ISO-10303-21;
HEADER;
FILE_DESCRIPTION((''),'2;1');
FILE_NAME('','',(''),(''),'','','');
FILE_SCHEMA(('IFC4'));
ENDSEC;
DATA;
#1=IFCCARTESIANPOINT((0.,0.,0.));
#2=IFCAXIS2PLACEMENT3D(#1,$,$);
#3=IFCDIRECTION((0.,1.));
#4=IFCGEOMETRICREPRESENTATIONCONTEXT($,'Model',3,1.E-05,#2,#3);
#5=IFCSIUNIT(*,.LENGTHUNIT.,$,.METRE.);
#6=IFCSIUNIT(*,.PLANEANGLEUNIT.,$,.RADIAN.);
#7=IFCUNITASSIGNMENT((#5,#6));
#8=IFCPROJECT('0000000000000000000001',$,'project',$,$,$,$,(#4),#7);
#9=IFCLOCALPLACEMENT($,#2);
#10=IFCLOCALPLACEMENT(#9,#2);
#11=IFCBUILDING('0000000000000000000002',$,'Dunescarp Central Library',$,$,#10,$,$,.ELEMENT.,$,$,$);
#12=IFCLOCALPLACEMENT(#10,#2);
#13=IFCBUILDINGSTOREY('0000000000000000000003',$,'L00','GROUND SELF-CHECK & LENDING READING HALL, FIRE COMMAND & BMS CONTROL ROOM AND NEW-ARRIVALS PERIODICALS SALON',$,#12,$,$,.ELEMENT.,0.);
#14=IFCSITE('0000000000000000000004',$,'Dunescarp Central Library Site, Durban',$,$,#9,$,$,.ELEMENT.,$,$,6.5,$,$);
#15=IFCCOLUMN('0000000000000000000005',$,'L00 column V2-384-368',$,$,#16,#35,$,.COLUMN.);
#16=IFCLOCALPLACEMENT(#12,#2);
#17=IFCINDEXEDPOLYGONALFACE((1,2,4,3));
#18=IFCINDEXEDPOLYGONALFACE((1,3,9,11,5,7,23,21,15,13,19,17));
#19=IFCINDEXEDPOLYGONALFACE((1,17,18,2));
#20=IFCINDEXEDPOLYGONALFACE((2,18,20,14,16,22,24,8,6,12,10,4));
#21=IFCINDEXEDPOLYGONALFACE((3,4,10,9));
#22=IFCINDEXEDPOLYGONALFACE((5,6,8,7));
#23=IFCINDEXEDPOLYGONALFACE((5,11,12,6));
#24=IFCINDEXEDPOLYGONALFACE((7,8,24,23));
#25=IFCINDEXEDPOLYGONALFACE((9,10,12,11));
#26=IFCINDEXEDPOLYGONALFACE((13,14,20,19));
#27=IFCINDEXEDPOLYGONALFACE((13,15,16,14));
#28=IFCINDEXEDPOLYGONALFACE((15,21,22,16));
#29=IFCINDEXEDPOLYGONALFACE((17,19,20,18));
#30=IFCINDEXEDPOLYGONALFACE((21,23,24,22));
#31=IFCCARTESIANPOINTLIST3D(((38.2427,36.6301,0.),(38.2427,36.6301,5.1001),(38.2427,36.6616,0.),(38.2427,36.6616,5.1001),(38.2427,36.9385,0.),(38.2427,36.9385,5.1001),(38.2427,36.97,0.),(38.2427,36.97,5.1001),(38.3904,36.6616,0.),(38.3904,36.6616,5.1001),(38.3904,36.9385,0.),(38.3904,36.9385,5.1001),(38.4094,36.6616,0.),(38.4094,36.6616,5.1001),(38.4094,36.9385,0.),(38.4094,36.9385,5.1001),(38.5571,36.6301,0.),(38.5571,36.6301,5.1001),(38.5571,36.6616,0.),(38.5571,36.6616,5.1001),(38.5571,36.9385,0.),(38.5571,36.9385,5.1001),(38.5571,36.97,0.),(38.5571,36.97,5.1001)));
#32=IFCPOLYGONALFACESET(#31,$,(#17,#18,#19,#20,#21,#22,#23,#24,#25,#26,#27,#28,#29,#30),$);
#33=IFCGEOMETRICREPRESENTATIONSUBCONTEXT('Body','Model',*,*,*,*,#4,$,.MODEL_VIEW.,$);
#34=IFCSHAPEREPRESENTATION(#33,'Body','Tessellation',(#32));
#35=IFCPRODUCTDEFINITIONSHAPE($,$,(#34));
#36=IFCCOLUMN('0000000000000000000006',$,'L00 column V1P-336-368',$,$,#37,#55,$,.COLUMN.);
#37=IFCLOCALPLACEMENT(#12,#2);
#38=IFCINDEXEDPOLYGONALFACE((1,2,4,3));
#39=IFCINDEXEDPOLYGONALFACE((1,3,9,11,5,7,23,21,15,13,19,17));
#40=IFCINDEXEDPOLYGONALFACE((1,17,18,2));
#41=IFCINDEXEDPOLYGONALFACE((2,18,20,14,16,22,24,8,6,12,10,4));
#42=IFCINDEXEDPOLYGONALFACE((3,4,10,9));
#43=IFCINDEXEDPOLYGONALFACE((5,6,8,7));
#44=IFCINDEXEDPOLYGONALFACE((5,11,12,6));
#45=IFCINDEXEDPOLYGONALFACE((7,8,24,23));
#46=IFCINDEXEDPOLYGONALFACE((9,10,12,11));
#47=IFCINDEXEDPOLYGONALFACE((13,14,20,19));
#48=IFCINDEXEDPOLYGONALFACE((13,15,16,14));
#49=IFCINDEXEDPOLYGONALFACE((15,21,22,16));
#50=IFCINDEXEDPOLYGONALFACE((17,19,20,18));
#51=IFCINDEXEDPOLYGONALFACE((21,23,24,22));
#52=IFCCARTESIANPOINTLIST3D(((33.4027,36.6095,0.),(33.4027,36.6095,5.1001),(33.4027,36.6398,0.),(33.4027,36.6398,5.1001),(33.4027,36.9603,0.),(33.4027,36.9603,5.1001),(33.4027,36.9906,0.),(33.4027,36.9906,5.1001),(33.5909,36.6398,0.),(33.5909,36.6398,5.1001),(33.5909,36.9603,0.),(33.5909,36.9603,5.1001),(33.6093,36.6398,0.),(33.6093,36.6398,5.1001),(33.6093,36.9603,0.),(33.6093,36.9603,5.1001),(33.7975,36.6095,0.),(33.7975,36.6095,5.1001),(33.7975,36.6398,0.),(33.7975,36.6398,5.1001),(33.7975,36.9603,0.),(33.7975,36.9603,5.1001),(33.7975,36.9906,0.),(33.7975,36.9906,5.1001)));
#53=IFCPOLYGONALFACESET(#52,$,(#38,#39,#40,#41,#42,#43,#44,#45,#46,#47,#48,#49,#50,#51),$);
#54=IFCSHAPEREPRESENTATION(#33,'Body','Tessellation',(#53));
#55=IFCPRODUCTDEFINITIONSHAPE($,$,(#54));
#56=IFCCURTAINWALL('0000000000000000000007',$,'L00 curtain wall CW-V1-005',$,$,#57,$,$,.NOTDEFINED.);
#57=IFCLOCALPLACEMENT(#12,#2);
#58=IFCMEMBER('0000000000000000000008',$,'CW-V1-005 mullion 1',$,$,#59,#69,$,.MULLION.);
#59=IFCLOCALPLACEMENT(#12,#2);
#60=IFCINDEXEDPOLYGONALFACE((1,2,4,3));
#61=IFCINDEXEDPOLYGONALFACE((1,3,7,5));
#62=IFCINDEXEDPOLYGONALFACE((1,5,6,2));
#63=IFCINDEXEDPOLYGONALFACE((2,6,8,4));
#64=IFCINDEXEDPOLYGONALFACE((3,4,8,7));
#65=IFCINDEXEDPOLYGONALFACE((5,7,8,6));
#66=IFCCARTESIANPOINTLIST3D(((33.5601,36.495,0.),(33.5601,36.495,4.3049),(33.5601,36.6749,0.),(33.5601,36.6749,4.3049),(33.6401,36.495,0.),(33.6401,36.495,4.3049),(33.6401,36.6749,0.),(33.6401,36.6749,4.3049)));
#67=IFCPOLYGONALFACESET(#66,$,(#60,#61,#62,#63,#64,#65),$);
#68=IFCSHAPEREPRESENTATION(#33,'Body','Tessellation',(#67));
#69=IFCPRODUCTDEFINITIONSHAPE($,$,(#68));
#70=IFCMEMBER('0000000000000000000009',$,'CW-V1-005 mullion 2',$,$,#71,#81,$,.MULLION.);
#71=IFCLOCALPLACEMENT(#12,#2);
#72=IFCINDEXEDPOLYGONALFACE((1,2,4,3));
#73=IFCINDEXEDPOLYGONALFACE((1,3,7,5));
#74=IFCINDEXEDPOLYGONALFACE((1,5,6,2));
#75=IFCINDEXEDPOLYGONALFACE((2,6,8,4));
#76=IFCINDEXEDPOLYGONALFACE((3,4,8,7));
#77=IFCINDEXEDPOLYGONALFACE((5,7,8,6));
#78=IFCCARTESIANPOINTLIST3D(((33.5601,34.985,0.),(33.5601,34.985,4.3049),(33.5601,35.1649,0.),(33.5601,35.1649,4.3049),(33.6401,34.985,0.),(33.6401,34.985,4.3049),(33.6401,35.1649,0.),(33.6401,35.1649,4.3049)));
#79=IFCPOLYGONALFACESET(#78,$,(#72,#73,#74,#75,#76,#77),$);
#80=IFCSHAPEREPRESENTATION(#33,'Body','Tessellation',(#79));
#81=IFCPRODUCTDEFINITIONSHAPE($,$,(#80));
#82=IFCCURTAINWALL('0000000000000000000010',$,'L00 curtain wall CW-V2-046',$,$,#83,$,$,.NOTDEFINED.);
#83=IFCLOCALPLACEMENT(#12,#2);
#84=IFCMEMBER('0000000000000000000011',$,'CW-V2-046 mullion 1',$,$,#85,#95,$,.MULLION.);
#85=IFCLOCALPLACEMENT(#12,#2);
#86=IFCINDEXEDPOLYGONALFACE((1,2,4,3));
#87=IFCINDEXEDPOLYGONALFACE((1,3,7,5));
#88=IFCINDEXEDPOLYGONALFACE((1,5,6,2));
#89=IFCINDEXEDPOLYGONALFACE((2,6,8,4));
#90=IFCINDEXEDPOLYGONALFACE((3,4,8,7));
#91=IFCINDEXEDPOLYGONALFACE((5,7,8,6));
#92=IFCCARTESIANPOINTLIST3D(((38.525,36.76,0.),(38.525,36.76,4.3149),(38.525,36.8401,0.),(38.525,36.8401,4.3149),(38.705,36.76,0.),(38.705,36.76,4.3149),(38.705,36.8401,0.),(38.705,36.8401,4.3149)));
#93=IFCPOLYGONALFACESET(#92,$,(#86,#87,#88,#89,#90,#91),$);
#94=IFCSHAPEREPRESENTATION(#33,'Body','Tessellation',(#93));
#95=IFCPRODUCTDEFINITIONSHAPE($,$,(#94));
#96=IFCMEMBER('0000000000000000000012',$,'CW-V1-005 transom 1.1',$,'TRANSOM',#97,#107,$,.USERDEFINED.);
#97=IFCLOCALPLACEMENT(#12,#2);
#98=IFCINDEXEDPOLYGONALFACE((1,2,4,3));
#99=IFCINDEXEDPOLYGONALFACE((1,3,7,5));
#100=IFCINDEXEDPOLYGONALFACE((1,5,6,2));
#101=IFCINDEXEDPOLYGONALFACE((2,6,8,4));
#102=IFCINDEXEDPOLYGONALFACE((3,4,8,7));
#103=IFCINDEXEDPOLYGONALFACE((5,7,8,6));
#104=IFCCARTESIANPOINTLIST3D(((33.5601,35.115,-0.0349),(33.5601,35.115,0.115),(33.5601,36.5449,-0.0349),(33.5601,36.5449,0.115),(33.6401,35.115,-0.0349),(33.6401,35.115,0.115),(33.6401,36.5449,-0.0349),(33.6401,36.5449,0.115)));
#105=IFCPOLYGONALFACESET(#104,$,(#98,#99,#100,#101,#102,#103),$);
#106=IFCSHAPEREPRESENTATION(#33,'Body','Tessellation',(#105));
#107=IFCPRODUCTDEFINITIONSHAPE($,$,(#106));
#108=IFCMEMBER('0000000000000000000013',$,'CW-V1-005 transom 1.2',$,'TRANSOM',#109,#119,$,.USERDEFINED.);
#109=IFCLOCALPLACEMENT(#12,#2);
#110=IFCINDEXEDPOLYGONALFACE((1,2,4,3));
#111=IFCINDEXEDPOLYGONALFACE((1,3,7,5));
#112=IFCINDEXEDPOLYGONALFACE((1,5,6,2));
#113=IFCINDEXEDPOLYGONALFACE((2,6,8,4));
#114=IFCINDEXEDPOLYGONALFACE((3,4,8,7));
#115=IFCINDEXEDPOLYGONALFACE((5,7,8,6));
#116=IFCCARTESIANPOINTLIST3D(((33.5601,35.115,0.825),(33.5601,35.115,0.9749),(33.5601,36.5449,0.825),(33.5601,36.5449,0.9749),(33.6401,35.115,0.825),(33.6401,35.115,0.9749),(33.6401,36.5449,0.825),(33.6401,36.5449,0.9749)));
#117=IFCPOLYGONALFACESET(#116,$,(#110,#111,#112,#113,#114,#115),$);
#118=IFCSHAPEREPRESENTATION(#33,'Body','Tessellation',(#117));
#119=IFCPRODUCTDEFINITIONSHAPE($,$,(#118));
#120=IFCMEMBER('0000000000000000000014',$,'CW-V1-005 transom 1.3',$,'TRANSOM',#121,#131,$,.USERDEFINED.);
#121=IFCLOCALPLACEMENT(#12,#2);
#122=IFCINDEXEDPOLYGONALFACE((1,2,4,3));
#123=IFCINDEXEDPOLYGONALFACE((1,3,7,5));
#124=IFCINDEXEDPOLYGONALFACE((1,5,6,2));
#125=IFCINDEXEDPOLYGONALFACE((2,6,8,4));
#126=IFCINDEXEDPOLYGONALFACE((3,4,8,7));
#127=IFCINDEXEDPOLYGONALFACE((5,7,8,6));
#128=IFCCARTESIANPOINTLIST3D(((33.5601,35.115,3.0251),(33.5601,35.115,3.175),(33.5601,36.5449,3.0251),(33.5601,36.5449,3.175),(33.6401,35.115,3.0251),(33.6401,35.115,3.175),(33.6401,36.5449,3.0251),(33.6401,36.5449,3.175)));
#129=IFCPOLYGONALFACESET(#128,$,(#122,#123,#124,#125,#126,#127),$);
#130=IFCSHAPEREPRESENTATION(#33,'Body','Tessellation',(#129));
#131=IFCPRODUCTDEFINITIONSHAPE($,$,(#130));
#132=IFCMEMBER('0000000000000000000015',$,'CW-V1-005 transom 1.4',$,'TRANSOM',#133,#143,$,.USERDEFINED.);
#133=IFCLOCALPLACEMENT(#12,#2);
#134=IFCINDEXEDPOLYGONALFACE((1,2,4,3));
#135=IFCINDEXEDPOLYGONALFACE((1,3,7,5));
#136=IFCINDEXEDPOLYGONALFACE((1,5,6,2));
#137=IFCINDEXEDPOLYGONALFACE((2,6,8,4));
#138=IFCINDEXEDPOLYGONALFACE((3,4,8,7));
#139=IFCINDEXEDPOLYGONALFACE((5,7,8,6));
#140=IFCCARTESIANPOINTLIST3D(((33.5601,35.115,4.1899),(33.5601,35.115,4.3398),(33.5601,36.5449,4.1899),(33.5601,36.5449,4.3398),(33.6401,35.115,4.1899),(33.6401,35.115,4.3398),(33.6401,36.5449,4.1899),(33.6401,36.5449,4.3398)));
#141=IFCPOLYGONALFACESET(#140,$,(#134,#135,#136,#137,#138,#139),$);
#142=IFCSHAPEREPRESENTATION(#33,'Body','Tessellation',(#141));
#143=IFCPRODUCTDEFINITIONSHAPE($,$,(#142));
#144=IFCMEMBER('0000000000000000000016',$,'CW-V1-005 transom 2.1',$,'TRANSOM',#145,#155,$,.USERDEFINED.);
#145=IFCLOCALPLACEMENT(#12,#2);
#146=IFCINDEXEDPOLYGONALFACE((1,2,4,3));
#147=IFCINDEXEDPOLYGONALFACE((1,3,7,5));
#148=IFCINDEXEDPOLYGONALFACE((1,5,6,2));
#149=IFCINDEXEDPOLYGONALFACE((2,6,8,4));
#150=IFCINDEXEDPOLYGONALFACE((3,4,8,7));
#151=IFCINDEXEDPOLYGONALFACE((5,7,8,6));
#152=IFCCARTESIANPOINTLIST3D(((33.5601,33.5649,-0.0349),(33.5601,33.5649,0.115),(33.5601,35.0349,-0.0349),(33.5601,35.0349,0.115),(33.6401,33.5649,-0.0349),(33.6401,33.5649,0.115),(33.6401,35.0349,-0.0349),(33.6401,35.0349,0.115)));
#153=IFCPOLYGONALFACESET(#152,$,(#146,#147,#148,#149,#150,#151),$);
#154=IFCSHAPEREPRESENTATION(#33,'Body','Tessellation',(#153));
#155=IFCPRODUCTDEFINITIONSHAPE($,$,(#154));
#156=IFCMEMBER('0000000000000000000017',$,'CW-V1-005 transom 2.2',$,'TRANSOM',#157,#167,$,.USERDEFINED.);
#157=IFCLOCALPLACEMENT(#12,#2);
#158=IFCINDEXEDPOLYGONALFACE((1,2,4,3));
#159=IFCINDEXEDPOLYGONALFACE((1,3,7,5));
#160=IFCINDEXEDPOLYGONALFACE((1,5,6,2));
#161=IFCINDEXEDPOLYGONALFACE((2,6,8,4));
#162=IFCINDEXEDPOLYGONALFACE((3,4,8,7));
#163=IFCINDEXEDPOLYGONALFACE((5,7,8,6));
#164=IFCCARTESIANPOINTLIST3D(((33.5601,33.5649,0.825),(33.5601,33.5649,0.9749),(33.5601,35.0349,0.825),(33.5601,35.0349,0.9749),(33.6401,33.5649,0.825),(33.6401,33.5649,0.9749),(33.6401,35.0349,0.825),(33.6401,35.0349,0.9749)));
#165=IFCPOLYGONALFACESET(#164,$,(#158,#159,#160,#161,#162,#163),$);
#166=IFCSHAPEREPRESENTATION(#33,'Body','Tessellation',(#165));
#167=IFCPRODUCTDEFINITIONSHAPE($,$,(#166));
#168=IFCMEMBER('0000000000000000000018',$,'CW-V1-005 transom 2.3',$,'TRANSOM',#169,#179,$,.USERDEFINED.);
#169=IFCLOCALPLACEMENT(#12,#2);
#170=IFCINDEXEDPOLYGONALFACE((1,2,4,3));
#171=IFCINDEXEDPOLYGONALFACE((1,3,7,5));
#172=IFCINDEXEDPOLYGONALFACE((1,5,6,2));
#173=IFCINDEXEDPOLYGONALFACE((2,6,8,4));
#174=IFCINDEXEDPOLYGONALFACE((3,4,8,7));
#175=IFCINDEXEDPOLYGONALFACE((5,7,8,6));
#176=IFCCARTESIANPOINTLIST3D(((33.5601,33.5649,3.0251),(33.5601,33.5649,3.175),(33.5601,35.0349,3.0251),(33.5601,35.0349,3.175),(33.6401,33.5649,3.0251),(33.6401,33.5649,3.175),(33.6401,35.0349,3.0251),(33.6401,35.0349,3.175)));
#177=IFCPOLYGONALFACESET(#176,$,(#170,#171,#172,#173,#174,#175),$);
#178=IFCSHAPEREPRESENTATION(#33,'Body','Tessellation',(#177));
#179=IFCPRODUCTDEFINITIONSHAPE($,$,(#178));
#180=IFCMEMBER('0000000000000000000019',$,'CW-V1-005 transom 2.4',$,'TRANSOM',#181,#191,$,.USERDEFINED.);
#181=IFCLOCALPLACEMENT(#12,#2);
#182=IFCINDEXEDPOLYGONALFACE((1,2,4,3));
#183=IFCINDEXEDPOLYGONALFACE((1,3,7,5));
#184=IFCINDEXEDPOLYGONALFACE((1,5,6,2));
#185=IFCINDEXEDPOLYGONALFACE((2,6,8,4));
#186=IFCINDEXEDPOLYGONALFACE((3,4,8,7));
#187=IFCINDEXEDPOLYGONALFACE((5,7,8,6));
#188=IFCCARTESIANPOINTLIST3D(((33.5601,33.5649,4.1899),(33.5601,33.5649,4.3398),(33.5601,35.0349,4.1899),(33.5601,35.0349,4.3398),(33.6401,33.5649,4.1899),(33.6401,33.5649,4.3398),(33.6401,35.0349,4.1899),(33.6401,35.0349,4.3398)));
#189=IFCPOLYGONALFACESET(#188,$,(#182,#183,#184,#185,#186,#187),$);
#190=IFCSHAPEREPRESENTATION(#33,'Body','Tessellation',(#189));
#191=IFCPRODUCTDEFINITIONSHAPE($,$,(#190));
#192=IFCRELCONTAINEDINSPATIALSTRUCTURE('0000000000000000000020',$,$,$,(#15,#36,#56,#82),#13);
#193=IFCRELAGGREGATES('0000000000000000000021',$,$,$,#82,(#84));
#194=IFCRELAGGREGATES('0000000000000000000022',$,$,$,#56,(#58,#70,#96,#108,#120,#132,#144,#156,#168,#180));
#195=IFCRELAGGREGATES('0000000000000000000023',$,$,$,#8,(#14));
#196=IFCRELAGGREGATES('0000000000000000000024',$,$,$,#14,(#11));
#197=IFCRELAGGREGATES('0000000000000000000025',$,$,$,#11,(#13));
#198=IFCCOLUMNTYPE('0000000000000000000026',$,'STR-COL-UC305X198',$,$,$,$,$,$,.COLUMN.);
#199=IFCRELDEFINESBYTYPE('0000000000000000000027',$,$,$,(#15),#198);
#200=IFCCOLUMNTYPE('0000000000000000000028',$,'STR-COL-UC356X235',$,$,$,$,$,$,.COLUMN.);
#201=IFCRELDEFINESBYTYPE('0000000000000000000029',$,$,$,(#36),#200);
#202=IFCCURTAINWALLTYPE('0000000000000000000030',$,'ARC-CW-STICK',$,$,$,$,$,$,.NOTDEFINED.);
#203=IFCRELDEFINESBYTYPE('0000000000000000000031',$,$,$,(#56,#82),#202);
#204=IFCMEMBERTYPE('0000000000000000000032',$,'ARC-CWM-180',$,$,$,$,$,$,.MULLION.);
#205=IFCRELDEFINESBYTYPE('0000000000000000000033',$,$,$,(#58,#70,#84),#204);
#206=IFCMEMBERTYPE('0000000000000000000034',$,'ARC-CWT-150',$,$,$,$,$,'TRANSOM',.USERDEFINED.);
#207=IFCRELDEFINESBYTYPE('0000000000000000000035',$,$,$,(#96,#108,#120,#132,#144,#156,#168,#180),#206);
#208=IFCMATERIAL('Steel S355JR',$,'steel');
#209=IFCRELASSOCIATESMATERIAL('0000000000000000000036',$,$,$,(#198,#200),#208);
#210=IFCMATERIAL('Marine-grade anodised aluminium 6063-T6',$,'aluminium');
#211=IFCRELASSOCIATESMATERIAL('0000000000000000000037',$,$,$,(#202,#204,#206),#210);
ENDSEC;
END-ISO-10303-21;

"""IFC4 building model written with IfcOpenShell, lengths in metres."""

from ifc_helpers import new_model, si_unit, direction, frame, origin, origin_2d, place, context, subcontext, project, spatial, rectangle, i_section, extrude, material, material_profile, profile_set, type_object, element, aggregate, save


model = new_model("IFC4")

# Units and contexts
model_context = context("Model", 3, precision=1e-05, world=origin(), true_north=direction((0.0, 1.0)))
body_context = subcontext(model_context, "Body", "Model", "MODEL_VIEW")
ifc_project = project(units=[si_unit("LENGTHUNIT", "METRE"), si_unit("PLANEANGLEUNIT", "RADIAN")], contexts=[model_context])

# Site, building, storey
site_placement = place(None, origin())
site = spatial("IfcSite", under=ifc_project, at=site_placement, Name="Dunescarp Central Library Site, Durban", CompositionType="ELEMENT", RefElevation=6.5)
building_placement = place(site_placement, origin())
building = spatial("IfcBuilding", under=site, at=building_placement, Name="Dunescarp Central Library", CompositionType="ELEMENT")
storey_placement = place(building_placement, origin())
storey = spatial("IfcBuildingStorey", under=building, at=storey_placement, Name="L00", Description="GROUND SELF-CHECK & LENDING READING HALL, FIRE COMMAND & BMS CONTROL ROOM AND NEW-ARRIVALS PERIODICALS SALON", CompositionType="ELEMENT", Elevation=0.0)

# Columns
ifc_material_1 = material(Name="Steel S355JR", Category="steel")
ifc_material_profile_1 = material_profile(ifc_material_1, i_section(OverallWidth=0.3145, OverallDepth=0.3398, WebThickness=0.019, FlangeThickness=0.0315, at=origin_2d()), Name="UC 305x305x198")
ifc_profile_set_1 = profile_set([ifc_material_profile_1], Name="Steel S355JR")
column_type_1 = type_object("IfcColumnType", Name="STR-COL-UC305X198", PredefinedType="COLUMN", material=ifc_profile_set_1)
column_1_placement = place(storey_placement, frame((38.3999, 36.8, 0.0), z_axis=(0.0, 0.0, 1.0), x_axis=(1.0, 0.0, 0.0)))
element("IfcColumn", 1, at=column_1_placement, inside=storey, type_object=column_type_1, Name="L00 column V2-384-368", PredefinedType="COLUMN", context=body_context, shape_type="SweptSolid", body=[
    extrude(i_section(OverallWidth=0.3145, OverallDepth=0.3398, WebThickness=0.019, FlangeThickness=0.0315, at=origin_2d()), origin(), (0.0, 0.0, 1.0), 5.1001),
])
ifc_material_profile_2 = material_profile(ifc_material_1, i_section(OverallWidth=0.3948, OverallDepth=0.3811, WebThickness=0.0183, FlangeThickness=0.0303, at=origin_2d()), Name="UC 356x406x235")
ifc_profile_set_2 = profile_set([ifc_material_profile_2], Name="Steel S355JR")
column_type_2 = type_object("IfcColumnType", Name="STR-COL-UC356X235", PredefinedType="COLUMN", material=ifc_profile_set_2)
column_2_placement = place(storey_placement, frame((33.6001, 36.8, 0.0), z_axis=(0.0, 0.0, 1.0), x_axis=(1.0, 0.0, 0.0)))
element("IfcColumn", 2, at=column_2_placement, inside=storey, type_object=column_type_2, Name="L00 column V1P-336-368", PredefinedType="COLUMN", context=body_context, shape_type="SweptSolid", body=[
    extrude(i_section(OverallWidth=0.3948, OverallDepth=0.3811, WebThickness=0.0183, FlangeThickness=0.0303, at=origin_2d()), origin(), (0.0, 0.0, 1.0), 5.1001),
])

# Curtain wall, members
ifc_material_2 = material(Name="Marine-grade anodised aluminium 6063-T6", Category="aluminium")
curtain_wall_type = type_object("IfcCurtainWallType", Name="ARC-CW-STICK", PredefinedType="NOTDEFINED", material=ifc_material_2)
curtain_wall_1_placement = place(storey_placement, origin())
curtain_wall_1 = element("IfcCurtainWall", 3, at=curtain_wall_1_placement, inside=storey, type_object=curtain_wall_type, Name="L00 curtain wall CW-V1-005", PredefinedType="NOTDEFINED")
ifc_material_profile_3 = material_profile(ifc_material_2, rectangle(XDim=0.0801, YDim=0.1799, at=origin_2d()), Name="AL 80x180")
ifc_profile_set_3 = profile_set([ifc_material_profile_3], Name="Marine-grade anodised aluminium 6063-T6")
member_type_1 = type_object("IfcMemberType", Name="ARC-CWM-180", PredefinedType="MULLION", material=ifc_profile_set_3)
member_1_placement = place(storey_placement, frame((33.6001, 36.585, 0.0), z_axis=(0.0, 0.0, 1.0), x_axis=(1.0, 0.0, 0.0)))
member_1 = element("IfcMember", 4, at=member_1_placement, type_object=member_type_1, Name="CW-V1-005 mullion 1", PredefinedType="MULLION", context=body_context, shape_type="SweptSolid", body=[
    extrude(rectangle(XDim=0.0801, YDim=0.1799, at=origin_2d()), origin(), (0.0, 0.0, 1.0), 4.3049),
])
member_2_placement = place(storey_placement, frame((33.6001, 35.075, 0.0), z_axis=(0.0, 0.0, 1.0), x_axis=(1.0, 0.0, 0.0)))
member_2 = element("IfcMember", 5, at=member_2_placement, type_object=member_type_1, Name="CW-V1-005 mullion 2", PredefinedType="MULLION", context=body_context, shape_type="SweptSolid", body=[
    extrude(rectangle(XDim=0.0801, YDim=0.1799, at=origin_2d()), origin(), (0.0, 0.0, 1.0), 4.3049),
])

# Curtain wall, member
curtain_wall_2_placement = place(storey_placement, origin())
curtain_wall_2 = element("IfcCurtainWall", 6, at=curtain_wall_2_placement, inside=storey, type_object=curtain_wall_type, Name="L00 curtain wall CW-V2-046", PredefinedType="NOTDEFINED")
member_3_placement = place(storey_placement, frame((38.615, 36.8, 0.0), z_axis=(0.0, 0.0, 1.0), x_axis=(0.0, 1.0, 0.0)))
member_3 = element("IfcMember", 7, at=member_3_placement, type_object=member_type_1, Name="CW-V2-046 mullion 1", PredefinedType="MULLION", context=body_context, shape_type="SweptSolid", body=[
    extrude(rectangle(XDim=0.0801, YDim=0.1799, at=origin_2d()), origin(), (0.0, 0.0, 1.0), 4.3149),
])

# Members
ifc_material_profile_4 = material_profile(ifc_material_2, rectangle(XDim=0.0801, YDim=0.1499, at=origin_2d()), Name="AL 80x150")
ifc_profile_set_4 = profile_set([ifc_material_profile_4], Name="Marine-grade anodised aluminium 6063-T6")
member_type_2 = type_object("IfcMemberType", Name="ARC-CWT-150", ElementType="TRANSOM", PredefinedType="USERDEFINED", material=ifc_profile_set_4)
member_4_placement = place(storey_placement, frame((33.6001, 36.5449, 0.04), z_axis=(0.0, -1.0, 0.0), x_axis=(1.0, 0.0, 0.0)))
member_4 = element("IfcMember", 8, at=member_4_placement, type_object=member_type_2, Name="CW-V1-005 transom 1.1", ObjectType="TRANSOM", PredefinedType="USERDEFINED", context=body_context, shape_type="SweptSolid", body=[
    extrude(rectangle(XDim=0.0801, YDim=0.1499, at=origin_2d()), origin(), (0.0, 0.0, 1.0), 1.4299),
])
member_5_placement = place(storey_placement, frame((33.6001, 36.5449, 0.8999), z_axis=(0.0, -1.0, 0.0), x_axis=(1.0, 0.0, 0.0)))
member_5 = element("IfcMember", 9, at=member_5_placement, type_object=member_type_2, Name="CW-V1-005 transom 1.2", ObjectType="TRANSOM", PredefinedType="USERDEFINED", context=body_context, shape_type="SweptSolid", body=[
    extrude(rectangle(XDim=0.0801, YDim=0.1499, at=origin_2d()), origin(), (0.0, 0.0, 1.0), 1.4299),
])
member_6_placement = place(storey_placement, frame((33.6001, 36.5449, 3.1001), z_axis=(0.0, -1.0, 0.0), x_axis=(1.0, 0.0, 0.0)))
member_6 = element("IfcMember", 10, at=member_6_placement, type_object=member_type_2, Name="CW-V1-005 transom 1.3", ObjectType="TRANSOM", PredefinedType="USERDEFINED", context=body_context, shape_type="SweptSolid", body=[
    extrude(rectangle(XDim=0.0801, YDim=0.1499, at=origin_2d()), origin(), (0.0, 0.0, 1.0), 1.4299),
])
member_7_placement = place(storey_placement, frame((33.6001, 36.5449, 4.2649), z_axis=(0.0, -1.0, 0.0), x_axis=(1.0, 0.0, 0.0)))
member_7 = element("IfcMember", 11, at=member_7_placement, type_object=member_type_2, Name="CW-V1-005 transom 1.4", ObjectType="TRANSOM", PredefinedType="USERDEFINED", context=body_context, shape_type="SweptSolid", body=[
    extrude(rectangle(XDim=0.0801, YDim=0.1499, at=origin_2d()), origin(), (0.0, 0.0, 1.0), 1.4299),
])
member_8_placement = place(storey_placement, frame((33.6001, 35.0349, 0.04), z_axis=(0.0, -1.0, 0.0), x_axis=(1.0, 0.0, 0.0)))
member_8 = element("IfcMember", 12, at=member_8_placement, type_object=member_type_2, Name="CW-V1-005 transom 2.1", ObjectType="TRANSOM", PredefinedType="USERDEFINED", context=body_context, shape_type="SweptSolid", body=[
    extrude(rectangle(XDim=0.0801, YDim=0.1499, at=origin_2d()), origin(), (0.0, 0.0, 1.0), 1.47),
])
member_9_placement = place(storey_placement, frame((33.6001, 35.0349, 0.8999), z_axis=(0.0, -1.0, 0.0), x_axis=(1.0, 0.0, 0.0)))
member_9 = element("IfcMember", 13, at=member_9_placement, type_object=member_type_2, Name="CW-V1-005 transom 2.2", ObjectType="TRANSOM", PredefinedType="USERDEFINED", context=body_context, shape_type="SweptSolid", body=[
    extrude(rectangle(XDim=0.0801, YDim=0.1499, at=origin_2d()), origin(), (0.0, 0.0, 1.0), 1.47),
])
member_10_placement = place(storey_placement, frame((33.6001, 35.0349, 3.1001), z_axis=(0.0, -1.0, 0.0), x_axis=(1.0, 0.0, 0.0)))
member_10 = element("IfcMember", 14, at=member_10_placement, type_object=member_type_2, Name="CW-V1-005 transom 2.3", ObjectType="TRANSOM", PredefinedType="USERDEFINED", context=body_context, shape_type="SweptSolid", body=[
    extrude(rectangle(XDim=0.0801, YDim=0.1499, at=origin_2d()), origin(), (0.0, 0.0, 1.0), 1.47),
])
member_11_placement = place(storey_placement, frame((33.6001, 35.0349, 4.2649), z_axis=(0.0, -1.0, 0.0), x_axis=(1.0, 0.0, 0.0)))
member_11 = element("IfcMember", 15, at=member_11_placement, type_object=member_type_2, Name="CW-V1-005 transom 2.4", ObjectType="TRANSOM", PredefinedType="USERDEFINED", context=body_context, shape_type="SweptSolid", body=[
    extrude(rectangle(XDim=0.0801, YDim=0.1499, at=origin_2d()), origin(), (0.0, 0.0, 1.0), 1.47),
])
aggregate(curtain_wall_2, [member_3])

aggregate(curtain_wall_1, [member_1, member_2, member_4, member_5, member_6, member_7, member_8, member_9, member_10, member_11])

save(model, "model.ifc")
